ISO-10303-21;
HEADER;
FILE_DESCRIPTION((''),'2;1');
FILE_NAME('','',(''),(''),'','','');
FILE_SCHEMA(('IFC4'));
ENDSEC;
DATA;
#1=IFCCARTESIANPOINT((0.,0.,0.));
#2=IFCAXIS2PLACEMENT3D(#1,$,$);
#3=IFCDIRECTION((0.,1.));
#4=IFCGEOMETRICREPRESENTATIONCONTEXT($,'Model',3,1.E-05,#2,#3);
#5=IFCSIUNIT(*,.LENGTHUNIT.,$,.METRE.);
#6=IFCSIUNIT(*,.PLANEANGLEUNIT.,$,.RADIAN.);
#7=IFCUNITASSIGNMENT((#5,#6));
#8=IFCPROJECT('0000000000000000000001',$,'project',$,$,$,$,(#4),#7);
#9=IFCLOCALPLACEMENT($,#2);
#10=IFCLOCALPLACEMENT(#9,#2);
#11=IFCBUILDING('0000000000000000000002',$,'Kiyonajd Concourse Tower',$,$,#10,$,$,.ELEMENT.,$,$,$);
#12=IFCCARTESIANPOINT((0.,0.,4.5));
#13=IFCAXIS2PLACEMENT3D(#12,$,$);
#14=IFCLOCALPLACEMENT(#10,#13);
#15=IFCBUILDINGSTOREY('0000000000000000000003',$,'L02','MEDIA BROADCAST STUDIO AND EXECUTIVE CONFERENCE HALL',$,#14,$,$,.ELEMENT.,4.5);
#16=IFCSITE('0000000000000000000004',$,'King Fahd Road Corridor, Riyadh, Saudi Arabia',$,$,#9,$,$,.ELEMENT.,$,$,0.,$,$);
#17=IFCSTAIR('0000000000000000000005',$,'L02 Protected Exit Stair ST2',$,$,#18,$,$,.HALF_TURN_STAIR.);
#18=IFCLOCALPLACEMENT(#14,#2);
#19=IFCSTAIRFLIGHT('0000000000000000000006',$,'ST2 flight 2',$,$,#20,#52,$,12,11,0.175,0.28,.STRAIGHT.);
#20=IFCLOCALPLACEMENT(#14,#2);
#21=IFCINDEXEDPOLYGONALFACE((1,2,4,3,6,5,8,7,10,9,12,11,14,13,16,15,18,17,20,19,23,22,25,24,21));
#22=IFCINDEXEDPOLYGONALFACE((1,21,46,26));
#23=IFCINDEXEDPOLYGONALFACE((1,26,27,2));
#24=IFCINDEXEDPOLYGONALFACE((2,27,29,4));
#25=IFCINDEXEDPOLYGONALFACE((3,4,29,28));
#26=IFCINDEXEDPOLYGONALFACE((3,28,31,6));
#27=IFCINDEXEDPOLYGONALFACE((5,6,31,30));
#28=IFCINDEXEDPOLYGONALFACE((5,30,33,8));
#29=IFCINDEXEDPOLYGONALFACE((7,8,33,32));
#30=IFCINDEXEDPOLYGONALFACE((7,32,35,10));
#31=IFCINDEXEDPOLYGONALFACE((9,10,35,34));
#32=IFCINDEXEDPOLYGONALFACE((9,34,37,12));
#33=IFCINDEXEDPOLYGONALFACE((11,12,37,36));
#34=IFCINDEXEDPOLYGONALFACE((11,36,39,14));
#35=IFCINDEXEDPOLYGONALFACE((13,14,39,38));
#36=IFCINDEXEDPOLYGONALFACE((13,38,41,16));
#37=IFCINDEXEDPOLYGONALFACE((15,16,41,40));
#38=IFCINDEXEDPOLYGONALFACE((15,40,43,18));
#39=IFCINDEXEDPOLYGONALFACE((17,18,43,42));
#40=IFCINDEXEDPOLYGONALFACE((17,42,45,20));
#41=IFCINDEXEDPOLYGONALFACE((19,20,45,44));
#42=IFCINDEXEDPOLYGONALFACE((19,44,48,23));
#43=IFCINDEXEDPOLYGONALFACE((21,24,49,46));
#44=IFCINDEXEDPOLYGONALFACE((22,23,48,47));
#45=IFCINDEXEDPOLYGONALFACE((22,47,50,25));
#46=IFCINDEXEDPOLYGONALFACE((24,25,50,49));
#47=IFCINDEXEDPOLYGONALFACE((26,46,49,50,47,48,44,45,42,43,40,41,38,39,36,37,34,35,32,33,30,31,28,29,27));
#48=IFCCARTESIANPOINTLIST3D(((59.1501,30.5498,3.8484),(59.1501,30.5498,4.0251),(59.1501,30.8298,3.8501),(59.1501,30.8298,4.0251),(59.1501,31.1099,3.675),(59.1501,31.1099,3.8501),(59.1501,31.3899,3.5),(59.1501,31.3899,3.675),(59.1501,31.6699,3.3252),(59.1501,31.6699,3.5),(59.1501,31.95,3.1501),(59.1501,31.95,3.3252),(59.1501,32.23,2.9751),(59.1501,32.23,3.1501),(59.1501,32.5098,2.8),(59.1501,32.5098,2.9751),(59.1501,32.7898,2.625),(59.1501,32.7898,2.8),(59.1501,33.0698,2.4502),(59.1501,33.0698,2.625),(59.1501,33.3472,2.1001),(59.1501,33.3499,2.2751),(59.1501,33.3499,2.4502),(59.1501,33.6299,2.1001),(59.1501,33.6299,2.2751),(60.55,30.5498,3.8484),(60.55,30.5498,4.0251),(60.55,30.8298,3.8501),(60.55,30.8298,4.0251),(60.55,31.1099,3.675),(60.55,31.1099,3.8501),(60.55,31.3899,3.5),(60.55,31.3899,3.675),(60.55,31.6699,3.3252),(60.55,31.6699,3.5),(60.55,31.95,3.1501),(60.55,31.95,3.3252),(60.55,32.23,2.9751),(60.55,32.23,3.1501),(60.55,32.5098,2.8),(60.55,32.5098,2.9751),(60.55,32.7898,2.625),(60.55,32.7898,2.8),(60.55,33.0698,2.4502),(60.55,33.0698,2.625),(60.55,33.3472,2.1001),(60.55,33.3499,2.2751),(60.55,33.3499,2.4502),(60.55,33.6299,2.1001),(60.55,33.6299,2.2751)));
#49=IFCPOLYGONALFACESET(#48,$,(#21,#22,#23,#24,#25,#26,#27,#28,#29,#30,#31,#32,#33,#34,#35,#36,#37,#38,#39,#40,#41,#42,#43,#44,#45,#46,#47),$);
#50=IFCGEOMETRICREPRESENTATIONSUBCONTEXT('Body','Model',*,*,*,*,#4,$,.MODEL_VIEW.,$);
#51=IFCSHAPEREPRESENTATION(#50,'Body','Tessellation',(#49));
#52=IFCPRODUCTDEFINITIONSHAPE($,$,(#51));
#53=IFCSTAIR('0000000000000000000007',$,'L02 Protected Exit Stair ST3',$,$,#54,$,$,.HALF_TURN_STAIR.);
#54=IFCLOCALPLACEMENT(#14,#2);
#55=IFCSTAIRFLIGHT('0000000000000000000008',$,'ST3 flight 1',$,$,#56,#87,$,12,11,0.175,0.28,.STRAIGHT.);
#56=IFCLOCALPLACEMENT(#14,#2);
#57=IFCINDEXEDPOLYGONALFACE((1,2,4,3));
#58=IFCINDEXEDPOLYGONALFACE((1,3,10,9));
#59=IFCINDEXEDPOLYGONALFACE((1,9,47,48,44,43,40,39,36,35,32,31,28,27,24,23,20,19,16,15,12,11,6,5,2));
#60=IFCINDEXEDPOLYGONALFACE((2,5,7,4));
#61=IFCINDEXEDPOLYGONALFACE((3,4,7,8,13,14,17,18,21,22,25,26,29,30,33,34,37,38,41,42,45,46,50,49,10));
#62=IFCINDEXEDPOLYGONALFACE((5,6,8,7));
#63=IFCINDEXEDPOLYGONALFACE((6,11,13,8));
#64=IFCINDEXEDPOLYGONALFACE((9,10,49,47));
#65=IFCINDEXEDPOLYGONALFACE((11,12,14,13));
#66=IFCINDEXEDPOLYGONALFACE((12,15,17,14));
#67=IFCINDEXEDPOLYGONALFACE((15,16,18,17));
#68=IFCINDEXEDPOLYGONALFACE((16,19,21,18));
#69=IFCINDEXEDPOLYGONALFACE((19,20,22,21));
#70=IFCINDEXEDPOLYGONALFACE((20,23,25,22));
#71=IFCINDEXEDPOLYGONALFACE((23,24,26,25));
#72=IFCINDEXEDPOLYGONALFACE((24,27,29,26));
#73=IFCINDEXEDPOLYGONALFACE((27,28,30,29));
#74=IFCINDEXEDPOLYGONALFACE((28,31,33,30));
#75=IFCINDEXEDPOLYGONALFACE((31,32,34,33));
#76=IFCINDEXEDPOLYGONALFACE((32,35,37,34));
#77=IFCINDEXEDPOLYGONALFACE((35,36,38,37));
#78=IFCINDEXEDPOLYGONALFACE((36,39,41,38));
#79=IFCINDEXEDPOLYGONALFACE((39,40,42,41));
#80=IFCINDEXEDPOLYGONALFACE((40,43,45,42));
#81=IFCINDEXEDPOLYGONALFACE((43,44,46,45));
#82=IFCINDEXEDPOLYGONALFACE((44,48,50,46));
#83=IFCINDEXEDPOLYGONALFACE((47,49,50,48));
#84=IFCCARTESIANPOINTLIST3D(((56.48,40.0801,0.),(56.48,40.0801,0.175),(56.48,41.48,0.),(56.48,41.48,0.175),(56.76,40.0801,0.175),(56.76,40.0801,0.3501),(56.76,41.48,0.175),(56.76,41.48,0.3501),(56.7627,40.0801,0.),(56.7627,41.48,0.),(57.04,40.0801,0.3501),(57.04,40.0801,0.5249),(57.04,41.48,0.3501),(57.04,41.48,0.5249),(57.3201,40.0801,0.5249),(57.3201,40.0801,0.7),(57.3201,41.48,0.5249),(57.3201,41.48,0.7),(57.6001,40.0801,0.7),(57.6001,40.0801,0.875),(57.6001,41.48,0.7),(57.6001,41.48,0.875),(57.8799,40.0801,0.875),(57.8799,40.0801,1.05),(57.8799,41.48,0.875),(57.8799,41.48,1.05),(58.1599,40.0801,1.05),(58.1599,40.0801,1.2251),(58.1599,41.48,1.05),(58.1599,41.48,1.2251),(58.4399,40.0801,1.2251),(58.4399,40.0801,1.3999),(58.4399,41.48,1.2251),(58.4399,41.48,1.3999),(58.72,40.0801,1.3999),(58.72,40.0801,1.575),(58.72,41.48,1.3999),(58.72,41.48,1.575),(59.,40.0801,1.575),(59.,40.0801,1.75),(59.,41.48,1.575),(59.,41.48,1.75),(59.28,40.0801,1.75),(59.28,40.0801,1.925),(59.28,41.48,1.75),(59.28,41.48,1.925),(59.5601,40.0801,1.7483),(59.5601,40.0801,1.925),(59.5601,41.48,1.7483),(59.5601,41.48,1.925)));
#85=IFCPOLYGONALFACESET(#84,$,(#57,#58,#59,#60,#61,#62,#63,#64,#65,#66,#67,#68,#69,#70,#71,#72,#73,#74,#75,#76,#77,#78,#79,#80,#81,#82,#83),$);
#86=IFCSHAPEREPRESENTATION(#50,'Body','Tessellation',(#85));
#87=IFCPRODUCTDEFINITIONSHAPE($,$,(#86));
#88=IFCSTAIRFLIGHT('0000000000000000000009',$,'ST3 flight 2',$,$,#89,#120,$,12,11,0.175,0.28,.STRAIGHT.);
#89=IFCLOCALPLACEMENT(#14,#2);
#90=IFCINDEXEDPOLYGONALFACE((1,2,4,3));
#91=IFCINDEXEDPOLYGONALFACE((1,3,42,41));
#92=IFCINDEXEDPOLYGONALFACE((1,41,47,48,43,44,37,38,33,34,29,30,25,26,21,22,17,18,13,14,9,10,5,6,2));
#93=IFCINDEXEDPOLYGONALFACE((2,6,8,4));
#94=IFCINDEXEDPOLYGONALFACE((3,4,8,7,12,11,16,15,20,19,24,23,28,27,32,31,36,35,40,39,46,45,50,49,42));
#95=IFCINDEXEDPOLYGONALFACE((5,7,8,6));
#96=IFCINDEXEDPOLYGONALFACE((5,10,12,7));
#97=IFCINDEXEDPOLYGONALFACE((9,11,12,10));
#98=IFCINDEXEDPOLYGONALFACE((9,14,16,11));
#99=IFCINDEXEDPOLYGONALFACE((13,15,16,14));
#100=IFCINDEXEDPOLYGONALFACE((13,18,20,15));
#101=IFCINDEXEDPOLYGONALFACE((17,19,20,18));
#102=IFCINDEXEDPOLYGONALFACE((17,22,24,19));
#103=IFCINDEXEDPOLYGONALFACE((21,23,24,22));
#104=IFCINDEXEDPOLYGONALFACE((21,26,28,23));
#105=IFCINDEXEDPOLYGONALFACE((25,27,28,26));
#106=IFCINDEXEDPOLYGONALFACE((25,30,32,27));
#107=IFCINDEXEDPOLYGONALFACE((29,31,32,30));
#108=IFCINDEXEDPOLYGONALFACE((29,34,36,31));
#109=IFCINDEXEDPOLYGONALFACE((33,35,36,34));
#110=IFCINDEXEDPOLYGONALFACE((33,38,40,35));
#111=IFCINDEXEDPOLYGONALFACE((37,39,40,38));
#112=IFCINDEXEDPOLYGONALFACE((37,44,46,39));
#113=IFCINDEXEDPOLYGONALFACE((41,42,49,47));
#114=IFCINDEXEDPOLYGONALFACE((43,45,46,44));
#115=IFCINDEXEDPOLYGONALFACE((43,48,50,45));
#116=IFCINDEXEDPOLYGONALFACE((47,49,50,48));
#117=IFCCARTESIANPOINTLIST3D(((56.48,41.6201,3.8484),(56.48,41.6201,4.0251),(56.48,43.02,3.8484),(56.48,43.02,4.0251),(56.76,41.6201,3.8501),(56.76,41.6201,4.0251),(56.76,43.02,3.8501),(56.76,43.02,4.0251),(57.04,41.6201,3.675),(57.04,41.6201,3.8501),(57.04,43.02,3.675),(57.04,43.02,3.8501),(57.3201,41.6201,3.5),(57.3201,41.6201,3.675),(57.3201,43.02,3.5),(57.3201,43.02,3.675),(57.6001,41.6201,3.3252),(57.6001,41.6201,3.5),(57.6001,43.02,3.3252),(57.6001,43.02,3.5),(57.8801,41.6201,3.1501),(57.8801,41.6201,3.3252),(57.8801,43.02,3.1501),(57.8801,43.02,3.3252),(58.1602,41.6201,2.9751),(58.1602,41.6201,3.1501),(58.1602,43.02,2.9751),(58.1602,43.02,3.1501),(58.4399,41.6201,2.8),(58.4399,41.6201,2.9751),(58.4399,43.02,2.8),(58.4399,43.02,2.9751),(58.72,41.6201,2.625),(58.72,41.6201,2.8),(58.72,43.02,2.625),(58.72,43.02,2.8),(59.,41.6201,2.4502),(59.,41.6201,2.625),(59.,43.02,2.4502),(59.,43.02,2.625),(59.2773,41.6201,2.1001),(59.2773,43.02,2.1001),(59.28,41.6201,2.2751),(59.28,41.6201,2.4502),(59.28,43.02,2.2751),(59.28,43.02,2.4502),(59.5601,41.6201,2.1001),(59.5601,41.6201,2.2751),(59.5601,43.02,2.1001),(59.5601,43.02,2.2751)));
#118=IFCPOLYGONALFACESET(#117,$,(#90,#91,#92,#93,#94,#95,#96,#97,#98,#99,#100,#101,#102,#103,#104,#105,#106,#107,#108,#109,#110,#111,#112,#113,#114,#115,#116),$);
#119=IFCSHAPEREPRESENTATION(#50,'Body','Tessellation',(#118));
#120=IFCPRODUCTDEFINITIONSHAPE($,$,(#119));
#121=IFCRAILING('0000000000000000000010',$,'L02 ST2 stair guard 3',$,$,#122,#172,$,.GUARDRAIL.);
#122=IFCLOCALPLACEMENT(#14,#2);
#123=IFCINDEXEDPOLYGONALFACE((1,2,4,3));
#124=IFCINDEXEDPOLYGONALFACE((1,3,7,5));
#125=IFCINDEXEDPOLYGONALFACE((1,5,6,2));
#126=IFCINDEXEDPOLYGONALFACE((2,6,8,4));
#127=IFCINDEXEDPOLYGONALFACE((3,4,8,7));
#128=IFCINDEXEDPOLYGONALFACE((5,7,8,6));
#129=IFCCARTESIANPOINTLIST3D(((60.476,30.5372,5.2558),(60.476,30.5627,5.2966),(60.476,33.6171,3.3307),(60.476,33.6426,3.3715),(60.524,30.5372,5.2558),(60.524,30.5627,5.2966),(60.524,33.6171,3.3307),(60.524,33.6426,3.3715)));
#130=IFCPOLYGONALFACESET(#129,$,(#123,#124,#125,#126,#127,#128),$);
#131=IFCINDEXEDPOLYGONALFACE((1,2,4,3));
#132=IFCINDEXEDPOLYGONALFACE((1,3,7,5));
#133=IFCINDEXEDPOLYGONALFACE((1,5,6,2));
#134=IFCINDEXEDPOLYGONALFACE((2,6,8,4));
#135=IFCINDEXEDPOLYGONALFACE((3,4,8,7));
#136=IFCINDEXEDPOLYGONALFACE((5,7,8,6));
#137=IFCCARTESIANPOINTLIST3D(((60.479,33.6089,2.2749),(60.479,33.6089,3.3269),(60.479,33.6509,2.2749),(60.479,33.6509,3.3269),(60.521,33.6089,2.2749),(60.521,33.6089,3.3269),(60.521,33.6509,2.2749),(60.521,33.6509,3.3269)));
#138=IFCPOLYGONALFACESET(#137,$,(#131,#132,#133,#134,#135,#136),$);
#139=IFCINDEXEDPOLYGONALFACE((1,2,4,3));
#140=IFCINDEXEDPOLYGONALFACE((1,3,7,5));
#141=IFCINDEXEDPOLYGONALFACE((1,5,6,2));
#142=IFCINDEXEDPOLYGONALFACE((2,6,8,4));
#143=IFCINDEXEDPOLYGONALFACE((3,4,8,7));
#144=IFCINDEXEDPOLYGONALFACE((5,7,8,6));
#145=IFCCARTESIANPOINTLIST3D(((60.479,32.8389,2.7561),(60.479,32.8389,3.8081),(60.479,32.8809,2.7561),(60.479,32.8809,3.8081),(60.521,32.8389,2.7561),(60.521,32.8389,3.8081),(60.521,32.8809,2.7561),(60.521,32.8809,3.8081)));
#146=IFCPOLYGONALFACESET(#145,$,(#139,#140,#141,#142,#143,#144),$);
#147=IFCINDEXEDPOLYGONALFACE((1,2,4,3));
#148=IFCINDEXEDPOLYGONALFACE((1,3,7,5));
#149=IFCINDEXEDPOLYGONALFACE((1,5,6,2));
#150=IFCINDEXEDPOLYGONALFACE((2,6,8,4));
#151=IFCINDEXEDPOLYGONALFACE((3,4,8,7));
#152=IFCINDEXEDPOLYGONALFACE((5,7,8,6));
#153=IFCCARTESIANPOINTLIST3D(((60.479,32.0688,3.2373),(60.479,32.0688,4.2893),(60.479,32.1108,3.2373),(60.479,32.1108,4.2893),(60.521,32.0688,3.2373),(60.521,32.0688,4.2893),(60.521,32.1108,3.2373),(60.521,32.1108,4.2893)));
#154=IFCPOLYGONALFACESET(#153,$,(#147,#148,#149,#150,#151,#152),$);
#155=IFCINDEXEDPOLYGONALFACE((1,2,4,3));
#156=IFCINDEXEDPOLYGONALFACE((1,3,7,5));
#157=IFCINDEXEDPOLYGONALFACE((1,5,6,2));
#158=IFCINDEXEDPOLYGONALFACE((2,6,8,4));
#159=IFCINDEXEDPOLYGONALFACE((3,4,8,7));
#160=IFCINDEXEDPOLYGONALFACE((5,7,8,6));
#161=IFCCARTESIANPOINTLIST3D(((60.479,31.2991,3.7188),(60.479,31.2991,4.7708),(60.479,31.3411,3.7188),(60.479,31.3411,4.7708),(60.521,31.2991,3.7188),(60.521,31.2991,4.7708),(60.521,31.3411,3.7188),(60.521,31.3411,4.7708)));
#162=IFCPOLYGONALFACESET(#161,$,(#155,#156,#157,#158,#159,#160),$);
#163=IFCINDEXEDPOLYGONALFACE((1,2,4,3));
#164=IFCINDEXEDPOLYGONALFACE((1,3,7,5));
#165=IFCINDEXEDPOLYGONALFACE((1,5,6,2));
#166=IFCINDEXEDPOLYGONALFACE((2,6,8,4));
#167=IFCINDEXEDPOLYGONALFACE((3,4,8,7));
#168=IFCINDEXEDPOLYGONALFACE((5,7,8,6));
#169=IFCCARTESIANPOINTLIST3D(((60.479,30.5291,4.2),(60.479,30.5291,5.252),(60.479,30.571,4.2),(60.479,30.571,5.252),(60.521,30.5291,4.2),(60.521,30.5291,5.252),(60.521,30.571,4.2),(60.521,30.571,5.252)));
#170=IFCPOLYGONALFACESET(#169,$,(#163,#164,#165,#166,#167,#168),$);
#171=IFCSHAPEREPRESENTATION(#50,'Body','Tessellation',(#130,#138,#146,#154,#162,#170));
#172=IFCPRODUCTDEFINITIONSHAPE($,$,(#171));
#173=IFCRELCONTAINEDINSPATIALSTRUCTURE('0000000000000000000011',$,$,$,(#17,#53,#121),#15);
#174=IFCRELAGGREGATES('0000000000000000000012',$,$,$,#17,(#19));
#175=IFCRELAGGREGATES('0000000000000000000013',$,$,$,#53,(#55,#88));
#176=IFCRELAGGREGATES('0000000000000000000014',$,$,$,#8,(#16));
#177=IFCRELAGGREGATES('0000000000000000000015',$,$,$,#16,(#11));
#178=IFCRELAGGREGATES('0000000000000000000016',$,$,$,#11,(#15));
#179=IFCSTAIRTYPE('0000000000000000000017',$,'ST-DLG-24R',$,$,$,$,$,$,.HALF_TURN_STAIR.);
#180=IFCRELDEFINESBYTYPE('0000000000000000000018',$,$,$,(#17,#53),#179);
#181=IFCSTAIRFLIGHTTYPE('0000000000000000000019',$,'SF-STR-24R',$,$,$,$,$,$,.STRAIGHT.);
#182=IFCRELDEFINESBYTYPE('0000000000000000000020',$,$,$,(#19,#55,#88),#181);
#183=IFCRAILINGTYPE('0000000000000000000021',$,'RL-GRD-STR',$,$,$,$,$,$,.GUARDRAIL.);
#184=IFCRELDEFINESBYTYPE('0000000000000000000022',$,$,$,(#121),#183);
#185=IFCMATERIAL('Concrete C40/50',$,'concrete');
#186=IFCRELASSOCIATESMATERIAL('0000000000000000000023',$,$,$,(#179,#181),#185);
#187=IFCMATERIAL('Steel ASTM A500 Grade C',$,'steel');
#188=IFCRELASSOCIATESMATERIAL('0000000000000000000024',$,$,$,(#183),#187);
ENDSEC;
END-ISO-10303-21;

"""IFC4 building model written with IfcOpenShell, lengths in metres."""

from ifc_helpers import new_model, si_unit, direction, frame, origin, origin_2d, place, context, subcontext, project, spatial, polyline, rectangle, outline, extrude, material, type_object, element, aggregate, save


model = new_model("IFC4")

# Units and contexts
model_context = context("Model", 3, precision=1e-05, world=origin(), true_north=direction((0.0, 1.0)))
body_context = subcontext(model_context, "Body", "Model", "MODEL_VIEW")
ifc_project = project(units=[si_unit("LENGTHUNIT", "METRE"), si_unit("PLANEANGLEUNIT", "RADIAN")], contexts=[model_context])

# Site, building, storey
site_placement = place(None, origin())
site = spatial("IfcSite", under=ifc_project, at=site_placement, Name="King Fahd Road Corridor, Riyadh, Saudi Arabia", CompositionType="ELEMENT", RefElevation=0.0)
building_placement = place(site_placement, origin())
building = spatial("IfcBuilding", under=site, at=building_placement, Name="Kiyonajd Concourse Tower", CompositionType="ELEMENT")
storey_placement = place(building_placement, frame((0.0, 0.0, 4.5)))
storey = spatial("IfcBuildingStorey", under=building, at=storey_placement, Name="L02", Description="MEDIA BROADCAST STUDIO AND EXECUTIVE CONFERENCE HALL", CompositionType="ELEMENT", Elevation=4.5)

# Stair, stair flight
ifc_material_1 = material(Name="Concrete C40/50", Category="concrete")
stair_type = type_object("IfcStairType", Name="ST-DLG-24R", PredefinedType="HALF_TURN_STAIR", material=ifc_material_1)
stair_1_placement = place(storey_placement, origin())
stair_1 = element("IfcStair", 1, at=stair_1_placement, inside=storey, type_object=stair_type, Name="L02 Protected Exit Stair ST2", PredefinedType="HALF_TURN_STAIR")
stair_flight_type = type_object("IfcStairFlightType", Name="SF-STR-24R", PredefinedType="STRAIGHT", material=ifc_material_1)
stair_flight_1_placement = place(storey_placement, frame((59.8501, 33.6299, 2.1001), z_axis=(0.0, 0.0, 1.0), x_axis=(0.0, -1.0, 0.0)))
stair_flight_1 = element("IfcStairFlight", 2, at=stair_flight_1_placement, type_object=stair_flight_type, Name="ST2 flight 2", NumberOfRisers=12, NumberOfTreads=11, PredefinedType="STRAIGHT", RiserHeight=0.175, TreadLength=0.28, context=body_context, shape_type="SweptSolid", body=[
    extrude(outline(polyline([(0.0, 0.0), (0.0, 0.175), (0.28, 0.175), (0.28, 0.3501), (0.5601, 0.3501), (0.5601, 0.5249), (0.8401, 0.5249), (0.8401, 0.7), (1.1201, 0.7), (1.1201, 0.875), (1.3999, 0.875), (1.3999, 1.05), (1.6799, 1.05), (1.6799, 1.2251), (1.96, 1.2251), (1.96, 1.3999), (2.24, 1.3999), (2.24, 1.575), (2.52, 1.575), (2.52, 1.75), (2.8, 1.75), (2.8, 1.925), (3.0801, 1.925), (3.0801, 2.1001), (3.0801, 1.7483), (0.2827, 0.0), (0.0, 0.0)])), frame((0.0, 0.7, 0.0), z_axis=(0.0, -1.0, 0.0), x_axis=(1.0, 0.0, 0.0)), (0.0, 0.0, 1.0), 1.3999),
])
aggregate(stair_1, [stair_flight_1])

# Stair, stair flights
stair_2_placement = place(storey_placement, origin())
stair_2 = element("IfcStair", 3, at=stair_2_placement, inside=storey, type_object=stair_type, Name="L02 Protected Exit Stair ST3", PredefinedType="HALF_TURN_STAIR")
stair_flight_2_placement = place(storey_placement, frame((56.48, 40.78, 0.0), z_axis=(0.0, 0.0, 1.0), x_axis=(1.0, 0.0, 0.0)))
stair_flight_2 = element("IfcStairFlight", 4, at=stair_flight_2_placement, type_object=stair_flight_type, Name="ST3 flight 1", NumberOfRisers=12, NumberOfTreads=11, PredefinedType="STRAIGHT", RiserHeight=0.175, TreadLength=0.28, context=body_context, shape_type="SweptSolid", body=[
    extrude(outline(polyline([(0.0, 0.0), (0.0, 0.175), (0.28, 0.175), (0.28, 0.3501), (0.5601, 0.3501), (0.5601, 0.5249), (0.8401, 0.5249), (0.8401, 0.7), (1.1201, 0.7), (1.1201, 0.875), (1.3999, 0.875), (1.3999, 1.05), (1.6799, 1.05), (1.6799, 1.2251), (1.96, 1.2251), (1.96, 1.3999), (2.24, 1.3999), (2.24, 1.575), (2.52, 1.575), (2.52, 1.75), (2.8, 1.75), (2.8, 1.925), (3.0801, 1.925), (3.0801, 2.1001), (3.0801, 1.7483), (0.2827, 0.0), (0.0, 0.0)])), frame((0.0, 0.7, 0.0), z_axis=(0.0, -1.0, 0.0), x_axis=(1.0, 0.0, 0.0)), (0.0, 0.0, 1.0), 1.3999),
])
stair_flight_3_placement = place(storey_placement, frame((59.5601, 42.3201, 2.1001), z_axis=(0.0, 0.0, 1.0), x_axis=(-1.0, 0.0, 0.0)))
stair_flight_3 = element("IfcStairFlight", 5, at=stair_flight_3_placement, type_object=stair_flight_type, Name="ST3 flight 2", NumberOfRisers=12, NumberOfTreads=11, PredefinedType="STRAIGHT", RiserHeight=0.175, TreadLength=0.28, context=body_context, shape_type="SweptSolid", body=[
    extrude(outline(polyline([(0.0, 0.0), (0.0, 0.175), (0.28, 0.175), (0.28, 0.3501), (0.5601, 0.3501), (0.5601, 0.5249), (0.8401, 0.5249), (0.8401, 0.7), (1.1201, 0.7), (1.1201, 0.875), (1.3999, 0.875), (1.3999, 1.05), (1.6799, 1.05), (1.6799, 1.2251), (1.96, 1.2251), (1.96, 1.3999), (2.24, 1.3999), (2.24, 1.575), (2.52, 1.575), (2.52, 1.75), (2.8, 1.75), (2.8, 1.925), (3.0801, 1.925), (3.0801, 2.1001), (3.0801, 1.7483), (0.2827, 0.0), (0.0, 0.0)])), frame((0.0, 0.7, 0.0), z_axis=(0.0, -1.0, 0.0), x_axis=(1.0, 0.0, 0.0)), (0.0, 0.0, 1.0), 1.3999),
])
aggregate(stair_2, [stair_flight_2, stair_flight_3])

# Railing
ifc_material_2 = material(Name="Steel ASTM A500 Grade C", Category="steel")
railing_type_1 = type_object("IfcRailingType", Name="RL-GRD-STR", PredefinedType="GUARDRAIL", material=ifc_material_2)
railing_1_placement = place(storey_placement, frame((60.5, 33.6299, 2.2749)))
element("IfcRailing", 6, at=railing_1_placement, inside=storey, type_object=railing_type_1, Name="L02 ST2 stair guard 3", PredefinedType="GUARDRAIL", context=body_context, shape_type="SweptSolid", body=[
    extrude(rectangle(XDim=0.0481, YDim=0.0481, at=origin_2d()), frame((0.0, 0.0, 1.0762), z_axis=(0.0, -0.847979, 0.530029), x_axis=(1.0, 0.0, 0.0)), (0.0, 0.0, 1.0), 3.6321),
    extrude(rectangle(XDim=0.042, YDim=0.042, at=origin_2d()), origin(), (0.0, 0.0, 1.0), 1.052),
    extrude(rectangle(XDim=0.042, YDim=0.042, at=origin_2d()), frame((0.0, -0.77, 0.4812)), (0.0, 0.0, 1.0), 1.052),
    extrude(rectangle(XDim=0.042, YDim=0.042, at=origin_2d()), frame((0.0, -1.54, 0.9624)), (0.0, 0.0, 1.0), 1.052),
    extrude(rectangle(XDim=0.042, YDim=0.042, at=origin_2d()), frame((0.0, -2.3098, 1.4438)), (0.0, 0.0, 1.0), 1.052),
    extrude(rectangle(XDim=0.042, YDim=0.042, at=origin_2d()), frame((0.0, -3.0798, 1.925)), (0.0, 0.0, 1.0), 1.052),
])

save(model, "model.ifc")
